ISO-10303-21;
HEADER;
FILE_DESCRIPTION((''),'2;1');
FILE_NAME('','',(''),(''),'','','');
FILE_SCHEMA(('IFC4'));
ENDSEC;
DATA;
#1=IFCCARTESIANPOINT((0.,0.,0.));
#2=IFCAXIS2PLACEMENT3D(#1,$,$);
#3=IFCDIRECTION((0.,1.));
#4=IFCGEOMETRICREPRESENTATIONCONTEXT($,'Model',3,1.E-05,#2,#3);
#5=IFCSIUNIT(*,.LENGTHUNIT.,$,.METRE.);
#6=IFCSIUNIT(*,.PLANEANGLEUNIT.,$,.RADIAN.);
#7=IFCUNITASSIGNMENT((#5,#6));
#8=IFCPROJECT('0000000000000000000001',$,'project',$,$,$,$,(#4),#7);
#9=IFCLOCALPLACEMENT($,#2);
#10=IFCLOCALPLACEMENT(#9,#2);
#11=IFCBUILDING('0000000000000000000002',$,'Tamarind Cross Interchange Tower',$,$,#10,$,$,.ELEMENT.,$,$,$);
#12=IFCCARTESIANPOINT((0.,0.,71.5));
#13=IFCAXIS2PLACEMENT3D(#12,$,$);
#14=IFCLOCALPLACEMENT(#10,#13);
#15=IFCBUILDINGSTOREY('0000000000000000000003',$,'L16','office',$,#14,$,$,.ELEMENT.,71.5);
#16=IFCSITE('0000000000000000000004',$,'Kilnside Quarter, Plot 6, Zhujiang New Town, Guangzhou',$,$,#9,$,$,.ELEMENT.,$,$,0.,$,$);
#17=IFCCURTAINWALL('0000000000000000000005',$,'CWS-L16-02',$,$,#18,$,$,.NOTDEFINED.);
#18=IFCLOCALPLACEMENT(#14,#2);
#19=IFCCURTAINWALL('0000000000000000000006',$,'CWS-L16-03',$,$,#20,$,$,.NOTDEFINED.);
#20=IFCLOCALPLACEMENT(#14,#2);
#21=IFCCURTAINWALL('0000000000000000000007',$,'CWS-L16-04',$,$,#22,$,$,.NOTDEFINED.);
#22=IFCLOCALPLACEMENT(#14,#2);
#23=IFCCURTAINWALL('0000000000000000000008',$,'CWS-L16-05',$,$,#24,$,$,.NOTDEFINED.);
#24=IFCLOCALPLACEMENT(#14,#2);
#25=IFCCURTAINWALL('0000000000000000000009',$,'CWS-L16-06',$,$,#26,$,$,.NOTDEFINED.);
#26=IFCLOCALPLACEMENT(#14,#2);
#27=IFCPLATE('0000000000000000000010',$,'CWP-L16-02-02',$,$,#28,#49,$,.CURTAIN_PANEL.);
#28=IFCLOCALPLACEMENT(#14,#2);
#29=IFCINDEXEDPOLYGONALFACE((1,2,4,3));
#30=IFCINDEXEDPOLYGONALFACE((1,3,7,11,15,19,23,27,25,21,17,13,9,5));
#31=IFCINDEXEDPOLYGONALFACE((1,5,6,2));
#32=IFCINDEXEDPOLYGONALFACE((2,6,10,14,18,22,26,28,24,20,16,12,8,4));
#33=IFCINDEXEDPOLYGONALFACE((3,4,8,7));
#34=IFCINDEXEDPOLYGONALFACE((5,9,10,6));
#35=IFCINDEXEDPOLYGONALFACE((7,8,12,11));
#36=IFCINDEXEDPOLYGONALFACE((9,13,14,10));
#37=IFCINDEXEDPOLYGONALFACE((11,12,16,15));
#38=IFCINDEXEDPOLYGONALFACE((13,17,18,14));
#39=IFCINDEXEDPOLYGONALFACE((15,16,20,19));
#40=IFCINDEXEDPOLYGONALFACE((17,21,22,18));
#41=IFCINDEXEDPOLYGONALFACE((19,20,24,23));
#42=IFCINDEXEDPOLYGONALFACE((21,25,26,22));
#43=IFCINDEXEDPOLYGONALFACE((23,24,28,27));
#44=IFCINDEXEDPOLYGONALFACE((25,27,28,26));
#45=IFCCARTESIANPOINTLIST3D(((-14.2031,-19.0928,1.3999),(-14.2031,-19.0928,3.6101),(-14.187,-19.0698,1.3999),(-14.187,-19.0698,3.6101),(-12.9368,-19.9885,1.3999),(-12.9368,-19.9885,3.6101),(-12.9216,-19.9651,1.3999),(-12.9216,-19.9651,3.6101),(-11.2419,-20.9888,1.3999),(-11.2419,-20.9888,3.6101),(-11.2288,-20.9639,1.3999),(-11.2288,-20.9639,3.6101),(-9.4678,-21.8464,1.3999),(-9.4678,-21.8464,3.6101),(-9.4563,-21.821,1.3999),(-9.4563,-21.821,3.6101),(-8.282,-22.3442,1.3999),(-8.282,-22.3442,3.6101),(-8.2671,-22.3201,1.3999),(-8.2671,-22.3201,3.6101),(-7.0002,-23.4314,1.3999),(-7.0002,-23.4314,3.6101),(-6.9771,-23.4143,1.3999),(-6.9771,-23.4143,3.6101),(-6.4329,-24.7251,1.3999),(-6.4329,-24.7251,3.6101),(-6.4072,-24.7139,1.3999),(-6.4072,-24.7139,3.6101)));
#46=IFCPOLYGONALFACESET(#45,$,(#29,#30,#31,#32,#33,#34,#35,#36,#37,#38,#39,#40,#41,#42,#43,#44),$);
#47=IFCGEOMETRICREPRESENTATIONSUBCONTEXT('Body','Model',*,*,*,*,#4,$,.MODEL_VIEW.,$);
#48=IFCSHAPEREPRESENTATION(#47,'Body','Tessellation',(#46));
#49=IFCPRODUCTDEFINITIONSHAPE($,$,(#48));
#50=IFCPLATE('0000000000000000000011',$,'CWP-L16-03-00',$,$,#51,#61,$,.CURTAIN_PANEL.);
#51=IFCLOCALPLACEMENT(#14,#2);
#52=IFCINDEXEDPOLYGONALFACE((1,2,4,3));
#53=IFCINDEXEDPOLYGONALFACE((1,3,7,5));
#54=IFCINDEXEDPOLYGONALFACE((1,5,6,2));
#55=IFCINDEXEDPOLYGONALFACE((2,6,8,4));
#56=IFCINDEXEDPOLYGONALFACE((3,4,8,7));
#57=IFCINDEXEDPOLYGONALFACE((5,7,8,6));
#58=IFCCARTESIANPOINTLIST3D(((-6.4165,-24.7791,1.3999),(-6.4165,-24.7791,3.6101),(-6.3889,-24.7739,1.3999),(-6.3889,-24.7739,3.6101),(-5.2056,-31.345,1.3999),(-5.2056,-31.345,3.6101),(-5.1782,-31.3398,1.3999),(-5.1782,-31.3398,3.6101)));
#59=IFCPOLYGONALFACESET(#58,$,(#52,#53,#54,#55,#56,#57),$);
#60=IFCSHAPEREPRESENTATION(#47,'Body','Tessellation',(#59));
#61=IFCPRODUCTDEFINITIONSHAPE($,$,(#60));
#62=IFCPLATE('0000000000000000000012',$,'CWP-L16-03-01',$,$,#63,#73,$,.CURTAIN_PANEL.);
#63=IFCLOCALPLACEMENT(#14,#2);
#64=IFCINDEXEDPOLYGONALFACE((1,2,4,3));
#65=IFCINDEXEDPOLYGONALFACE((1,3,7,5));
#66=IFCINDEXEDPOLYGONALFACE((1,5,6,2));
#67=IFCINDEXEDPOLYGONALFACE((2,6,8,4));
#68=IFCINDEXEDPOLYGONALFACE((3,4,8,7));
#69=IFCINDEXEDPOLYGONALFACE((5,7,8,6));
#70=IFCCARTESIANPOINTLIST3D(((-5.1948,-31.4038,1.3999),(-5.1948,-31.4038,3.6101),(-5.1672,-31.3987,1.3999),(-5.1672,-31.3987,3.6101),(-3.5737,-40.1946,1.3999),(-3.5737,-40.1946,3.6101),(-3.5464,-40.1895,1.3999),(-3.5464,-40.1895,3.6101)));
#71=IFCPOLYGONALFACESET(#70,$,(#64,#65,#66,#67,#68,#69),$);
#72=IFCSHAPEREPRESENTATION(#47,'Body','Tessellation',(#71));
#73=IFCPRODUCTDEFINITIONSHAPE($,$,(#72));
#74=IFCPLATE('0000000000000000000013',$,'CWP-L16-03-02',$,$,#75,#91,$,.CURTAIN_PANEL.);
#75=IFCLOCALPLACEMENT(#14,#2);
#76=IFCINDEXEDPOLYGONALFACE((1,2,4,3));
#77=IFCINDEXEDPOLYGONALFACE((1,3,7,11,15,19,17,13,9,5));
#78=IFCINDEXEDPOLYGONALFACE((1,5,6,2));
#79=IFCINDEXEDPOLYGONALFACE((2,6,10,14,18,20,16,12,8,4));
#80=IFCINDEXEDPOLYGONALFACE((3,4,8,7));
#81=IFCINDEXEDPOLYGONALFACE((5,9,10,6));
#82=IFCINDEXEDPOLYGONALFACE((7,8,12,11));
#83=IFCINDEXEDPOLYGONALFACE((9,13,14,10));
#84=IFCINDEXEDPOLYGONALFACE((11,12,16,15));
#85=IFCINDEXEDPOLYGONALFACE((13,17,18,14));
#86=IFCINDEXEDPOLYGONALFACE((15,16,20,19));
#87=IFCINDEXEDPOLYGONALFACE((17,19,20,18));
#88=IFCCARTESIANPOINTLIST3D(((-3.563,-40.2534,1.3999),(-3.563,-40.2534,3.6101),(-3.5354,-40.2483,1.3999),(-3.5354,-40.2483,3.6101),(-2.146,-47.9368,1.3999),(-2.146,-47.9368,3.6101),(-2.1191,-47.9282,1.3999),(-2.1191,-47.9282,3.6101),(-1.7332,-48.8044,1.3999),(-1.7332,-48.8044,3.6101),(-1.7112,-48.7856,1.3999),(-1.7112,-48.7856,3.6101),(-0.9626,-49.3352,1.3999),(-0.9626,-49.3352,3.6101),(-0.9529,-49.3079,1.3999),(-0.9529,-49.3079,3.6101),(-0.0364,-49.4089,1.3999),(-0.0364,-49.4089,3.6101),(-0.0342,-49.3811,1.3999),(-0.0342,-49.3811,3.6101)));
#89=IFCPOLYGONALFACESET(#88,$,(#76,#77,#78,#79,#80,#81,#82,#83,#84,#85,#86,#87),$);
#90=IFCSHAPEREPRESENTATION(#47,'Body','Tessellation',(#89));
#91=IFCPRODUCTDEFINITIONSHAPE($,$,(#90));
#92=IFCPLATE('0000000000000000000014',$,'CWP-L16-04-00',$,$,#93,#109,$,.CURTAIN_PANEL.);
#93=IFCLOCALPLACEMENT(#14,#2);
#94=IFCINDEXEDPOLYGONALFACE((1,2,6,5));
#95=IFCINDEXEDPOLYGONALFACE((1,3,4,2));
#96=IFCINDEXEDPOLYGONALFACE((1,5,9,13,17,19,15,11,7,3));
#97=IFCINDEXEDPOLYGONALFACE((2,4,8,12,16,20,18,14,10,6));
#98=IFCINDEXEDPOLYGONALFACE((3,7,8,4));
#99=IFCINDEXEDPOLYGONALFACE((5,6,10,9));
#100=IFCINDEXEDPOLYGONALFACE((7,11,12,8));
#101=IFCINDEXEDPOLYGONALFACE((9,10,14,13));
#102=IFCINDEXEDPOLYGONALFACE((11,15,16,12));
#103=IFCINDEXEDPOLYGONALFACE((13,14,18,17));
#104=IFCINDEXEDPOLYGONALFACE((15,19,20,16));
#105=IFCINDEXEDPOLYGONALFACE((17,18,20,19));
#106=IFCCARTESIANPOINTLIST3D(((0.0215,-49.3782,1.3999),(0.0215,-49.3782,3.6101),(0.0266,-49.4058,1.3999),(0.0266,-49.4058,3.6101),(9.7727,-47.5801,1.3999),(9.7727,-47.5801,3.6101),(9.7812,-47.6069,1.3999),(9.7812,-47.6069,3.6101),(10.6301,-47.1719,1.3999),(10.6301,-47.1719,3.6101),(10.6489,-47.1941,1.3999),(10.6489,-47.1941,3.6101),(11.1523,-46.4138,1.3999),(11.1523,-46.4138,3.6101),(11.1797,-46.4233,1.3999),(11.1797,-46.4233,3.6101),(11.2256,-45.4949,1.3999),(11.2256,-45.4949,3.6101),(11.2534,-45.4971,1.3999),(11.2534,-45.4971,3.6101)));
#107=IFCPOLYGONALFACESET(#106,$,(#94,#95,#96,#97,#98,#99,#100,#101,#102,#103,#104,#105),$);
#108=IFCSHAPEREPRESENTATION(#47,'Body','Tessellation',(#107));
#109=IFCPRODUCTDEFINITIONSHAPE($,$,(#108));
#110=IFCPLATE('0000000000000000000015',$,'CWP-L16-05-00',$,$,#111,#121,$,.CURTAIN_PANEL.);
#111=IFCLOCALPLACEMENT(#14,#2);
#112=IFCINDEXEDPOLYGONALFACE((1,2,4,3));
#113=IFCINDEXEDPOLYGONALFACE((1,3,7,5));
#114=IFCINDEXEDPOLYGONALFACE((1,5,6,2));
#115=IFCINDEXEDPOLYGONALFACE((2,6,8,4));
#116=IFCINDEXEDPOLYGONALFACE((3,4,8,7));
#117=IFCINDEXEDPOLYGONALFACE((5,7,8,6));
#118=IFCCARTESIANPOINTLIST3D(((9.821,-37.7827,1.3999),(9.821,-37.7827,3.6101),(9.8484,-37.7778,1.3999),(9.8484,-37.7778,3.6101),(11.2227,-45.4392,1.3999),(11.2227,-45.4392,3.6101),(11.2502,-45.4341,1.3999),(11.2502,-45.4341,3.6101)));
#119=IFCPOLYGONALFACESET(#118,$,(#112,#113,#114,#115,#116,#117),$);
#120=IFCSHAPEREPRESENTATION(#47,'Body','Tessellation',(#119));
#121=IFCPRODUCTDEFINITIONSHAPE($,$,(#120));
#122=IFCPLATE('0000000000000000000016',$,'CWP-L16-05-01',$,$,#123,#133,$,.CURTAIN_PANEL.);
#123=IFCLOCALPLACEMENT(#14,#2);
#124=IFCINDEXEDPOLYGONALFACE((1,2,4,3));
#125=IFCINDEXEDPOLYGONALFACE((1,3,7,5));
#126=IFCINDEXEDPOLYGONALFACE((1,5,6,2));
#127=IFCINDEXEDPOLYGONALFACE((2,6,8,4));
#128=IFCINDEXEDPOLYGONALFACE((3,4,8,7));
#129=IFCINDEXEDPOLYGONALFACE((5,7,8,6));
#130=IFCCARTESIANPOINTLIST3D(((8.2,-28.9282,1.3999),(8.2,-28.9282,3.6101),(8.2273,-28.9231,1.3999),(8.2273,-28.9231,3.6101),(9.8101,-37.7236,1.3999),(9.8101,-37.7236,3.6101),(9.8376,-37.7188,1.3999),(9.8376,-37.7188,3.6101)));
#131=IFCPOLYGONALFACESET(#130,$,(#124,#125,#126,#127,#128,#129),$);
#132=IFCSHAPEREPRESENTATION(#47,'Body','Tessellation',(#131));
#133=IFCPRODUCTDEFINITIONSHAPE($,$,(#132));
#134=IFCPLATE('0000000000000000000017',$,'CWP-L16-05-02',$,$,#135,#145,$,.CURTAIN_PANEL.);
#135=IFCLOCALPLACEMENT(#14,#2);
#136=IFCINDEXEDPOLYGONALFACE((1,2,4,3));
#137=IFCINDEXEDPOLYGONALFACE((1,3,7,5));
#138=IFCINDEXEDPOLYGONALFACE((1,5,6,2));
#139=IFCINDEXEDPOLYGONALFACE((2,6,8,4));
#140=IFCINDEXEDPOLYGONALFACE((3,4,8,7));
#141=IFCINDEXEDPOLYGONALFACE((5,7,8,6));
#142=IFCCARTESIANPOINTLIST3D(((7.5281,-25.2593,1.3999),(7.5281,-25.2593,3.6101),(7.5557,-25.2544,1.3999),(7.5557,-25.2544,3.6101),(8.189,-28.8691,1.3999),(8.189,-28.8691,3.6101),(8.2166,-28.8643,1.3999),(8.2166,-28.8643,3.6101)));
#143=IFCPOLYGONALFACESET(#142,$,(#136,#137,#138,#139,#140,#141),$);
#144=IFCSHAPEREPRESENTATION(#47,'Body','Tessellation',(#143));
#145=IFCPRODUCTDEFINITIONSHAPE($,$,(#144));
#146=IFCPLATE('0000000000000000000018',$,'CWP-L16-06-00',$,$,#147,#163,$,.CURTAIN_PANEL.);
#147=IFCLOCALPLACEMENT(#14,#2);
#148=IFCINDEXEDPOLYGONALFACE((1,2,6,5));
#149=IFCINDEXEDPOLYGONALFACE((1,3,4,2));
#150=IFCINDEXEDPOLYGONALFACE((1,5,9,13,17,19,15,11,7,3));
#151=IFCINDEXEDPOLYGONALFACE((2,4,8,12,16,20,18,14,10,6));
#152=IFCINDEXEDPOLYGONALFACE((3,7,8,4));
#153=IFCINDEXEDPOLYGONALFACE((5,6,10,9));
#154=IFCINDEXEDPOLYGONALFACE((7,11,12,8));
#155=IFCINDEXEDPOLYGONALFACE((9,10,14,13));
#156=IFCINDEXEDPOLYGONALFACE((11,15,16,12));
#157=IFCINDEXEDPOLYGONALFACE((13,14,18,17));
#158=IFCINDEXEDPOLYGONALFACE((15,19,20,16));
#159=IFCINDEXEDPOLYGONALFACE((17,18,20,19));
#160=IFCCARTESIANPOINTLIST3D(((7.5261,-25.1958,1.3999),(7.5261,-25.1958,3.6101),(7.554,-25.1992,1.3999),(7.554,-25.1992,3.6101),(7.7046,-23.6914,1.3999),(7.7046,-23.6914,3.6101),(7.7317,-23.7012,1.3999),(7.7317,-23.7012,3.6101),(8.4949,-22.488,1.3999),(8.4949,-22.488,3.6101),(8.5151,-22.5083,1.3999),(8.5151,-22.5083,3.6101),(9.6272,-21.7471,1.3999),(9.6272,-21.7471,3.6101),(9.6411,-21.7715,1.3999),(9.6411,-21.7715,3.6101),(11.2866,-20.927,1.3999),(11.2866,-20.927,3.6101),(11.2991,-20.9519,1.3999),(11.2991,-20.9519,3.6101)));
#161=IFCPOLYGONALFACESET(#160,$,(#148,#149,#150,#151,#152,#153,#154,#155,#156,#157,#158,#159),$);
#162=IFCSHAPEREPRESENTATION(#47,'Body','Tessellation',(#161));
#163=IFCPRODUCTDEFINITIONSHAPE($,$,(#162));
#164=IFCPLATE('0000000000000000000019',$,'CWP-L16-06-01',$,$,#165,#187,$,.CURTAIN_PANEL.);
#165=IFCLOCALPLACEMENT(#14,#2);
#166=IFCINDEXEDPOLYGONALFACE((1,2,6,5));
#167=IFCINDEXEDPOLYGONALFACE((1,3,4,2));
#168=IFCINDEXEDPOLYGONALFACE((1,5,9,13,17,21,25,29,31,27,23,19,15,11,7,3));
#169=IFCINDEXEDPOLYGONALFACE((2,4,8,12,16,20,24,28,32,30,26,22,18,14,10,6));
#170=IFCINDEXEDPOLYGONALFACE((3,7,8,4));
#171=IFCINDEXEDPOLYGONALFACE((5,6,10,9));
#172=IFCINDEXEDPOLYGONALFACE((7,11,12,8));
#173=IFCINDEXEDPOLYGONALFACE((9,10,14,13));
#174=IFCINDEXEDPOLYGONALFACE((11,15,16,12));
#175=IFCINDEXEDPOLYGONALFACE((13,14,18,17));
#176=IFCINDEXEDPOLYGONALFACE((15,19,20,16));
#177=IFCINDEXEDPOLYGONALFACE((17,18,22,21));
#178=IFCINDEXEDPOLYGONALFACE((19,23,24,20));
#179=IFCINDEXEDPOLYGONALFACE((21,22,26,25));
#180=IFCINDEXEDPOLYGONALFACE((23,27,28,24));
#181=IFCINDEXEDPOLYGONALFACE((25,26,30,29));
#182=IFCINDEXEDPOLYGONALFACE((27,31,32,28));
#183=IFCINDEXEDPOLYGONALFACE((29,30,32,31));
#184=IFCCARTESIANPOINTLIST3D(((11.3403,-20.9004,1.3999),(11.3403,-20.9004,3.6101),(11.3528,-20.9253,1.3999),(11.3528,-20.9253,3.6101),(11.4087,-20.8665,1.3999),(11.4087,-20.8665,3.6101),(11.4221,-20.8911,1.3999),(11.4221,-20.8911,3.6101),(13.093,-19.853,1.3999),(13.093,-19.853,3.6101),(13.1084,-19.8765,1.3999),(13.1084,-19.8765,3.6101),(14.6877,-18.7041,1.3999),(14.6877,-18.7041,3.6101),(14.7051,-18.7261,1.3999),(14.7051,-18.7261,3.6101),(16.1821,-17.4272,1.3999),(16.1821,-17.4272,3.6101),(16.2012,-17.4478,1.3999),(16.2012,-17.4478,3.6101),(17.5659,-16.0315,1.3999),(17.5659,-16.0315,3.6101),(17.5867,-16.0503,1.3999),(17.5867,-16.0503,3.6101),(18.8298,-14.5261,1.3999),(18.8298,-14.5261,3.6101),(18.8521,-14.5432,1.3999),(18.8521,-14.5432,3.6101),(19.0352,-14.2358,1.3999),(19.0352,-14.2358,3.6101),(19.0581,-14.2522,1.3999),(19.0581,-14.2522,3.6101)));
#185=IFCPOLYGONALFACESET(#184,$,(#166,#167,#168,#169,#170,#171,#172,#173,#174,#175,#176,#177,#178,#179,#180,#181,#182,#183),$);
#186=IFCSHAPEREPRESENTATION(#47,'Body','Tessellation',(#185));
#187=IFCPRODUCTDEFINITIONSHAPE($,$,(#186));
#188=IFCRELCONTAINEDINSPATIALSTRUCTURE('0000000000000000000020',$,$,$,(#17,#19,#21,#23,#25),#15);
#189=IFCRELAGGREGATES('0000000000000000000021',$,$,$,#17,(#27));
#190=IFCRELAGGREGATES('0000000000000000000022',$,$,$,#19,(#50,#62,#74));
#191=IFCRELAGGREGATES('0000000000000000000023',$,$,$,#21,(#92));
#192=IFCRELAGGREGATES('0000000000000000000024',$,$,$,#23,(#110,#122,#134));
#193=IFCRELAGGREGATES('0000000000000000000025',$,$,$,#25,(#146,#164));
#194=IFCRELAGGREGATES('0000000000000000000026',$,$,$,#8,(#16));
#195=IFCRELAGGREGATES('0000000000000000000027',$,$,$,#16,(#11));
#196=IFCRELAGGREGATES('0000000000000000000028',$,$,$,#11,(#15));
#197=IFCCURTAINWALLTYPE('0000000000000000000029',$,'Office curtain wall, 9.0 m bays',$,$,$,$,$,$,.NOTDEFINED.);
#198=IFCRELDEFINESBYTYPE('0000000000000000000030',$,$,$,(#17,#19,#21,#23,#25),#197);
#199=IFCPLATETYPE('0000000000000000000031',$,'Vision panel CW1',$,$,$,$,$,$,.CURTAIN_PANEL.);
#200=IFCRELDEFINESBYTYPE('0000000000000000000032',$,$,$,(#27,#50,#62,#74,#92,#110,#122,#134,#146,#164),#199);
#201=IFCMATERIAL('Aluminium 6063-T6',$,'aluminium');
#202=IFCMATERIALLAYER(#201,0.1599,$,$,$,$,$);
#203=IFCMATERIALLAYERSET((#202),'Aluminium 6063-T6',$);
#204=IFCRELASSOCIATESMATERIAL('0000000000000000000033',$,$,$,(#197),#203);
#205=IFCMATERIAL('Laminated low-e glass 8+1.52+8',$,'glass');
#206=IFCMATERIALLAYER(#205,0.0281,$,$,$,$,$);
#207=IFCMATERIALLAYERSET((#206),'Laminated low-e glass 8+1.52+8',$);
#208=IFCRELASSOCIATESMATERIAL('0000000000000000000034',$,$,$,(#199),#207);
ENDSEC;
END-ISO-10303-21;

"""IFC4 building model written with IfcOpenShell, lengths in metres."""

from ifc_helpers import new_model, si_unit, direction, frame, origin, place, context, subcontext, project, spatial, polyline, outline, extrude, material, layer, layer_set, type_object, element, aggregate, save


model = new_model("IFC4")

# Units and contexts
model_context = context("Model", 3, precision=1e-05, world=origin(), true_north=direction((0.0, 1.0)))
body_context = subcontext(model_context, "Body", "Model", "MODEL_VIEW")
ifc_project = project(units=[si_unit("LENGTHUNIT", "METRE"), si_unit("PLANEANGLEUNIT", "RADIAN")], contexts=[model_context])

# Site, building, storey
site_placement = place(None, origin())
site = spatial("IfcSite", under=ifc_project, at=site_placement, Name="Kilnside Quarter, Plot 6, Zhujiang New Town, Guangzhou", CompositionType="ELEMENT", RefElevation=0.0)
building_placement = place(site_placement, origin())
building = spatial("IfcBuilding", under=site, at=building_placement, Name="Tamarind Cross Interchange Tower", CompositionType="ELEMENT")
storey_placement = place(building_placement, frame((0.0, 0.0, 71.5)))
storey = spatial("IfcBuildingStorey", under=building, at=storey_placement, Name="L16", Description="office", CompositionType="ELEMENT", Elevation=71.5)

# Curtain walls
ifc_material_1 = material(Name="Aluminium 6063-T6", Category="aluminium")
ifc_layer_1 = layer(ifc_material_1, 0.1599)
ifc_layer_set_1 = layer_set([ifc_layer_1], Name="Aluminium 6063-T6")
curtain_wall_type = type_object("IfcCurtainWallType", Name="Office curtain wall, 9.0 m bays", PredefinedType="NOTDEFINED", material=ifc_layer_set_1)
curtain_wall_1_placement = place(storey_placement, origin())
curtain_wall_1 = element("IfcCurtainWall", 1, at=curtain_wall_1_placement, inside=storey, type_object=curtain_wall_type, Name="CWS-L16-02", PredefinedType="NOTDEFINED")
curtain_wall_2_placement = place(storey_placement, origin())
curtain_wall_2 = element("IfcCurtainWall", 2, at=curtain_wall_2_placement, inside=storey, type_object=curtain_wall_type, Name="CWS-L16-03", PredefinedType="NOTDEFINED")
curtain_wall_3_placement = place(storey_placement, origin())
curtain_wall_3 = element("IfcCurtainWall", 3, at=curtain_wall_3_placement, inside=storey, type_object=curtain_wall_type, Name="CWS-L16-04", PredefinedType="NOTDEFINED")
curtain_wall_4_placement = place(storey_placement, origin())
curtain_wall_4 = element("IfcCurtainWall", 4, at=curtain_wall_4_placement, inside=storey, type_object=curtain_wall_type, Name="CWS-L16-05", PredefinedType="NOTDEFINED")
curtain_wall_5_placement = place(storey_placement, origin())
curtain_wall_5 = element("IfcCurtainWall", 5, at=curtain_wall_5_placement, inside=storey, type_object=curtain_wall_type, Name="CWS-L16-06", PredefinedType="NOTDEFINED")

# Plates
ifc_material_2 = material(Name="Laminated low-e glass 8+1.52+8", Category="glass")
ifc_layer_2 = layer(ifc_material_2, 0.0281)
ifc_layer_set_2 = layer_set([ifc_layer_2], Name="Laminated low-e glass 8+1.52+8")
plate_type = type_object("IfcPlateType", Name="Vision panel CW1", PredefinedType="CURTAIN_PANEL", material=ifc_layer_set_2)
plate_1_placement = place(storey_placement, frame((0.0, 0.0, 1.3999)))
plate_1 = element("IfcPlate", 6, at=plate_1_placement, type_object=plate_type, Name="CWP-L16-02-02", PredefinedType="CURTAIN_PANEL", context=body_context, shape_type="SweptSolid", body=[
    extrude(outline(polyline([(-14.187, -19.0698), (-12.9216, -19.9651), (-11.2288, -20.9639), (-9.4563, -21.821), (-8.2671, -22.3201), (-6.9771, -23.4143), (-6.4072, -24.7139), (-6.4329, -24.7251), (-7.0002, -23.4314), (-8.282, -22.3442), (-9.4678, -21.8464), (-11.2419, -20.9888), (-12.9368, -19.9885), (-14.2031, -19.0928), (-14.187, -19.0698)])), origin(), (0.0, 0.0, 1.0), 2.2102),
])
aggregate(curtain_wall_1, [plate_1])
plate_2_placement = place(storey_placement, frame((0.0, 0.0, 1.3999)))
plate_2 = element("IfcPlate", 7, at=plate_2_placement, type_object=plate_type, Name="CWP-L16-03-00", PredefinedType="CURTAIN_PANEL", context=body_context, shape_type="SweptSolid", body=[
    extrude(outline(polyline([(-6.3889, -24.7739), (-5.1782, -31.3398), (-5.2056, -31.345), (-6.4165, -24.7791), (-6.3889, -24.7739)])), origin(), (0.0, 0.0, 1.0), 2.2102),
])
plate_3_placement = place(storey_placement, frame((0.0, 0.0, 1.3999)))
plate_3 = element("IfcPlate", 8, at=plate_3_placement, type_object=plate_type, Name="CWP-L16-03-01", PredefinedType="CURTAIN_PANEL", context=body_context, shape_type="SweptSolid", body=[
    extrude(outline(polyline([(-5.1672, -31.3987), (-3.5464, -40.1895), (-3.5737, -40.1946), (-5.1948, -31.4038), (-5.1672, -31.3987)])), origin(), (0.0, 0.0, 1.0), 2.2102),
])
plate_4_placement = place(storey_placement, frame((0.0, 0.0, 1.3999)))
plate_4 = element("IfcPlate", 9, at=plate_4_placement, type_object=plate_type, Name="CWP-L16-03-02", PredefinedType="CURTAIN_PANEL", context=body_context, shape_type="SweptSolid", body=[
    extrude(outline(polyline([(-3.5354, -40.2483), (-2.1191, -47.9282), (-1.7112, -48.7856), (-0.9529, -49.3079), (-0.0342, -49.3811), (-0.0364, -49.4089), (-0.9626, -49.3352), (-1.7332, -48.8044), (-2.146, -47.9368), (-3.563, -40.2534), (-3.5354, -40.2483)])), origin(), (0.0, 0.0, 1.0), 2.2102),
])
aggregate(curtain_wall_2, [plate_2, plate_3, plate_4])
plate_5_placement = place(storey_placement, frame((0.0, 0.0, 1.3999)))
plate_5 = element("IfcPlate", 10, at=plate_5_placement, type_object=plate_type, Name="CWP-L16-04-00", PredefinedType="CURTAIN_PANEL", context=body_context, shape_type="SweptSolid", body=[
    extrude(outline(polyline([(0.0215, -49.3782), (9.7727, -47.5801), (10.6301, -47.1719), (11.1523, -46.4138), (11.2256, -45.4949), (11.2534, -45.4971), (11.1797, -46.4233), (10.6489, -47.1941), (9.7812, -47.6069), (0.0266, -49.4058), (0.0215, -49.3782)])), origin(), (0.0, 0.0, 1.0), 2.2102),
])
aggregate(curtain_wall_3, [plate_5])
plate_6_placement = place(storey_placement, frame((0.0, 0.0, 1.3999)))
plate_6 = element("IfcPlate", 11, at=plate_6_placement, type_object=plate_type, Name="CWP-L16-05-00", PredefinedType="CURTAIN_PANEL", context=body_context, shape_type="SweptSolid", body=[
    extrude(outline(polyline([(11.2227, -45.4392), (9.821, -37.7827), (9.8484, -37.7778), (11.2502, -45.4341), (11.2227, -45.4392)])), origin(), (0.0, 0.0, 1.0), 2.2102),
])
plate_7_placement = place(storey_placement, frame((0.0, 0.0, 1.3999)))
plate_7 = element("IfcPlate", 12, at=plate_7_placement, type_object=plate_type, Name="CWP-L16-05-01", PredefinedType="CURTAIN_PANEL", context=body_context, shape_type="SweptSolid", body=[
    extrude(outline(polyline([(9.8101, -37.7236), (8.2, -28.9282), (8.2273, -28.9231), (9.8376, -37.7188), (9.8101, -37.7236)])), origin(), (0.0, 0.0, 1.0), 2.2102),
])
plate_8_placement = place(storey_placement, frame((0.0, 0.0, 1.3999)))
plate_8 = element("IfcPlate", 13, at=plate_8_placement, type_object=plate_type, Name="CWP-L16-05-02", PredefinedType="CURTAIN_PANEL", context=body_context, shape_type="SweptSolid", body=[
    extrude(outline(polyline([(8.189, -28.8691), (7.5281, -25.2593), (7.5557, -25.2544), (8.2166, -28.8643), (8.189, -28.8691)])), origin(), (0.0, 0.0, 1.0), 2.2102),
])
aggregate(curtain_wall_4, [plate_6, plate_7, plate_8])
plate_9_placement = place(storey_placement, frame((0.0, 0.0, 1.3999)))
plate_9 = element("IfcPlate", 14, at=plate_9_placement, type_object=plate_type, Name="CWP-L16-06-00", PredefinedType="CURTAIN_PANEL", context=body_context, shape_type="SweptSolid", body=[
    extrude(outline(polyline([(7.5261, -25.1958), (7.7046, -23.6914), (8.4949, -22.488), (9.6272, -21.7471), (11.2866, -20.927), (11.2991, -20.9519), (9.6411, -21.7715), (8.5151, -22.5083), (7.7317, -23.7012), (7.554, -25.1992), (7.5261, -25.1958)])), origin(), (0.0, 0.0, 1.0), 2.2102),
])
plate_10_placement = place(storey_placement, frame((0.0, 0.0, 1.3999)))
plate_10 = element("IfcPlate", 15, at=plate_10_placement, type_object=plate_type, Name="CWP-L16-06-01", PredefinedType="CURTAIN_PANEL", context=body_context, shape_type="SweptSolid", body=[
    extrude(outline(polyline([(11.3403, -20.9004), (11.4087, -20.8665), (13.093, -19.853), (14.6877, -18.7041), (16.1821, -17.4272), (17.5659, -16.0315), (18.8298, -14.5261), (19.0352, -14.2358), (19.0581, -14.2522), (18.8521, -14.5432), (17.5867, -16.0503), (16.2012, -17.4478), (14.7051, -18.7261), (13.1084, -19.8765), (11.4221, -20.8911), (11.3528, -20.9253), (11.3403, -20.9004)])), origin(), (0.0, 0.0, 1.0), 2.2102),
])
aggregate(curtain_wall_5, [plate_9, plate_10])

save(model, "model.ifc")
